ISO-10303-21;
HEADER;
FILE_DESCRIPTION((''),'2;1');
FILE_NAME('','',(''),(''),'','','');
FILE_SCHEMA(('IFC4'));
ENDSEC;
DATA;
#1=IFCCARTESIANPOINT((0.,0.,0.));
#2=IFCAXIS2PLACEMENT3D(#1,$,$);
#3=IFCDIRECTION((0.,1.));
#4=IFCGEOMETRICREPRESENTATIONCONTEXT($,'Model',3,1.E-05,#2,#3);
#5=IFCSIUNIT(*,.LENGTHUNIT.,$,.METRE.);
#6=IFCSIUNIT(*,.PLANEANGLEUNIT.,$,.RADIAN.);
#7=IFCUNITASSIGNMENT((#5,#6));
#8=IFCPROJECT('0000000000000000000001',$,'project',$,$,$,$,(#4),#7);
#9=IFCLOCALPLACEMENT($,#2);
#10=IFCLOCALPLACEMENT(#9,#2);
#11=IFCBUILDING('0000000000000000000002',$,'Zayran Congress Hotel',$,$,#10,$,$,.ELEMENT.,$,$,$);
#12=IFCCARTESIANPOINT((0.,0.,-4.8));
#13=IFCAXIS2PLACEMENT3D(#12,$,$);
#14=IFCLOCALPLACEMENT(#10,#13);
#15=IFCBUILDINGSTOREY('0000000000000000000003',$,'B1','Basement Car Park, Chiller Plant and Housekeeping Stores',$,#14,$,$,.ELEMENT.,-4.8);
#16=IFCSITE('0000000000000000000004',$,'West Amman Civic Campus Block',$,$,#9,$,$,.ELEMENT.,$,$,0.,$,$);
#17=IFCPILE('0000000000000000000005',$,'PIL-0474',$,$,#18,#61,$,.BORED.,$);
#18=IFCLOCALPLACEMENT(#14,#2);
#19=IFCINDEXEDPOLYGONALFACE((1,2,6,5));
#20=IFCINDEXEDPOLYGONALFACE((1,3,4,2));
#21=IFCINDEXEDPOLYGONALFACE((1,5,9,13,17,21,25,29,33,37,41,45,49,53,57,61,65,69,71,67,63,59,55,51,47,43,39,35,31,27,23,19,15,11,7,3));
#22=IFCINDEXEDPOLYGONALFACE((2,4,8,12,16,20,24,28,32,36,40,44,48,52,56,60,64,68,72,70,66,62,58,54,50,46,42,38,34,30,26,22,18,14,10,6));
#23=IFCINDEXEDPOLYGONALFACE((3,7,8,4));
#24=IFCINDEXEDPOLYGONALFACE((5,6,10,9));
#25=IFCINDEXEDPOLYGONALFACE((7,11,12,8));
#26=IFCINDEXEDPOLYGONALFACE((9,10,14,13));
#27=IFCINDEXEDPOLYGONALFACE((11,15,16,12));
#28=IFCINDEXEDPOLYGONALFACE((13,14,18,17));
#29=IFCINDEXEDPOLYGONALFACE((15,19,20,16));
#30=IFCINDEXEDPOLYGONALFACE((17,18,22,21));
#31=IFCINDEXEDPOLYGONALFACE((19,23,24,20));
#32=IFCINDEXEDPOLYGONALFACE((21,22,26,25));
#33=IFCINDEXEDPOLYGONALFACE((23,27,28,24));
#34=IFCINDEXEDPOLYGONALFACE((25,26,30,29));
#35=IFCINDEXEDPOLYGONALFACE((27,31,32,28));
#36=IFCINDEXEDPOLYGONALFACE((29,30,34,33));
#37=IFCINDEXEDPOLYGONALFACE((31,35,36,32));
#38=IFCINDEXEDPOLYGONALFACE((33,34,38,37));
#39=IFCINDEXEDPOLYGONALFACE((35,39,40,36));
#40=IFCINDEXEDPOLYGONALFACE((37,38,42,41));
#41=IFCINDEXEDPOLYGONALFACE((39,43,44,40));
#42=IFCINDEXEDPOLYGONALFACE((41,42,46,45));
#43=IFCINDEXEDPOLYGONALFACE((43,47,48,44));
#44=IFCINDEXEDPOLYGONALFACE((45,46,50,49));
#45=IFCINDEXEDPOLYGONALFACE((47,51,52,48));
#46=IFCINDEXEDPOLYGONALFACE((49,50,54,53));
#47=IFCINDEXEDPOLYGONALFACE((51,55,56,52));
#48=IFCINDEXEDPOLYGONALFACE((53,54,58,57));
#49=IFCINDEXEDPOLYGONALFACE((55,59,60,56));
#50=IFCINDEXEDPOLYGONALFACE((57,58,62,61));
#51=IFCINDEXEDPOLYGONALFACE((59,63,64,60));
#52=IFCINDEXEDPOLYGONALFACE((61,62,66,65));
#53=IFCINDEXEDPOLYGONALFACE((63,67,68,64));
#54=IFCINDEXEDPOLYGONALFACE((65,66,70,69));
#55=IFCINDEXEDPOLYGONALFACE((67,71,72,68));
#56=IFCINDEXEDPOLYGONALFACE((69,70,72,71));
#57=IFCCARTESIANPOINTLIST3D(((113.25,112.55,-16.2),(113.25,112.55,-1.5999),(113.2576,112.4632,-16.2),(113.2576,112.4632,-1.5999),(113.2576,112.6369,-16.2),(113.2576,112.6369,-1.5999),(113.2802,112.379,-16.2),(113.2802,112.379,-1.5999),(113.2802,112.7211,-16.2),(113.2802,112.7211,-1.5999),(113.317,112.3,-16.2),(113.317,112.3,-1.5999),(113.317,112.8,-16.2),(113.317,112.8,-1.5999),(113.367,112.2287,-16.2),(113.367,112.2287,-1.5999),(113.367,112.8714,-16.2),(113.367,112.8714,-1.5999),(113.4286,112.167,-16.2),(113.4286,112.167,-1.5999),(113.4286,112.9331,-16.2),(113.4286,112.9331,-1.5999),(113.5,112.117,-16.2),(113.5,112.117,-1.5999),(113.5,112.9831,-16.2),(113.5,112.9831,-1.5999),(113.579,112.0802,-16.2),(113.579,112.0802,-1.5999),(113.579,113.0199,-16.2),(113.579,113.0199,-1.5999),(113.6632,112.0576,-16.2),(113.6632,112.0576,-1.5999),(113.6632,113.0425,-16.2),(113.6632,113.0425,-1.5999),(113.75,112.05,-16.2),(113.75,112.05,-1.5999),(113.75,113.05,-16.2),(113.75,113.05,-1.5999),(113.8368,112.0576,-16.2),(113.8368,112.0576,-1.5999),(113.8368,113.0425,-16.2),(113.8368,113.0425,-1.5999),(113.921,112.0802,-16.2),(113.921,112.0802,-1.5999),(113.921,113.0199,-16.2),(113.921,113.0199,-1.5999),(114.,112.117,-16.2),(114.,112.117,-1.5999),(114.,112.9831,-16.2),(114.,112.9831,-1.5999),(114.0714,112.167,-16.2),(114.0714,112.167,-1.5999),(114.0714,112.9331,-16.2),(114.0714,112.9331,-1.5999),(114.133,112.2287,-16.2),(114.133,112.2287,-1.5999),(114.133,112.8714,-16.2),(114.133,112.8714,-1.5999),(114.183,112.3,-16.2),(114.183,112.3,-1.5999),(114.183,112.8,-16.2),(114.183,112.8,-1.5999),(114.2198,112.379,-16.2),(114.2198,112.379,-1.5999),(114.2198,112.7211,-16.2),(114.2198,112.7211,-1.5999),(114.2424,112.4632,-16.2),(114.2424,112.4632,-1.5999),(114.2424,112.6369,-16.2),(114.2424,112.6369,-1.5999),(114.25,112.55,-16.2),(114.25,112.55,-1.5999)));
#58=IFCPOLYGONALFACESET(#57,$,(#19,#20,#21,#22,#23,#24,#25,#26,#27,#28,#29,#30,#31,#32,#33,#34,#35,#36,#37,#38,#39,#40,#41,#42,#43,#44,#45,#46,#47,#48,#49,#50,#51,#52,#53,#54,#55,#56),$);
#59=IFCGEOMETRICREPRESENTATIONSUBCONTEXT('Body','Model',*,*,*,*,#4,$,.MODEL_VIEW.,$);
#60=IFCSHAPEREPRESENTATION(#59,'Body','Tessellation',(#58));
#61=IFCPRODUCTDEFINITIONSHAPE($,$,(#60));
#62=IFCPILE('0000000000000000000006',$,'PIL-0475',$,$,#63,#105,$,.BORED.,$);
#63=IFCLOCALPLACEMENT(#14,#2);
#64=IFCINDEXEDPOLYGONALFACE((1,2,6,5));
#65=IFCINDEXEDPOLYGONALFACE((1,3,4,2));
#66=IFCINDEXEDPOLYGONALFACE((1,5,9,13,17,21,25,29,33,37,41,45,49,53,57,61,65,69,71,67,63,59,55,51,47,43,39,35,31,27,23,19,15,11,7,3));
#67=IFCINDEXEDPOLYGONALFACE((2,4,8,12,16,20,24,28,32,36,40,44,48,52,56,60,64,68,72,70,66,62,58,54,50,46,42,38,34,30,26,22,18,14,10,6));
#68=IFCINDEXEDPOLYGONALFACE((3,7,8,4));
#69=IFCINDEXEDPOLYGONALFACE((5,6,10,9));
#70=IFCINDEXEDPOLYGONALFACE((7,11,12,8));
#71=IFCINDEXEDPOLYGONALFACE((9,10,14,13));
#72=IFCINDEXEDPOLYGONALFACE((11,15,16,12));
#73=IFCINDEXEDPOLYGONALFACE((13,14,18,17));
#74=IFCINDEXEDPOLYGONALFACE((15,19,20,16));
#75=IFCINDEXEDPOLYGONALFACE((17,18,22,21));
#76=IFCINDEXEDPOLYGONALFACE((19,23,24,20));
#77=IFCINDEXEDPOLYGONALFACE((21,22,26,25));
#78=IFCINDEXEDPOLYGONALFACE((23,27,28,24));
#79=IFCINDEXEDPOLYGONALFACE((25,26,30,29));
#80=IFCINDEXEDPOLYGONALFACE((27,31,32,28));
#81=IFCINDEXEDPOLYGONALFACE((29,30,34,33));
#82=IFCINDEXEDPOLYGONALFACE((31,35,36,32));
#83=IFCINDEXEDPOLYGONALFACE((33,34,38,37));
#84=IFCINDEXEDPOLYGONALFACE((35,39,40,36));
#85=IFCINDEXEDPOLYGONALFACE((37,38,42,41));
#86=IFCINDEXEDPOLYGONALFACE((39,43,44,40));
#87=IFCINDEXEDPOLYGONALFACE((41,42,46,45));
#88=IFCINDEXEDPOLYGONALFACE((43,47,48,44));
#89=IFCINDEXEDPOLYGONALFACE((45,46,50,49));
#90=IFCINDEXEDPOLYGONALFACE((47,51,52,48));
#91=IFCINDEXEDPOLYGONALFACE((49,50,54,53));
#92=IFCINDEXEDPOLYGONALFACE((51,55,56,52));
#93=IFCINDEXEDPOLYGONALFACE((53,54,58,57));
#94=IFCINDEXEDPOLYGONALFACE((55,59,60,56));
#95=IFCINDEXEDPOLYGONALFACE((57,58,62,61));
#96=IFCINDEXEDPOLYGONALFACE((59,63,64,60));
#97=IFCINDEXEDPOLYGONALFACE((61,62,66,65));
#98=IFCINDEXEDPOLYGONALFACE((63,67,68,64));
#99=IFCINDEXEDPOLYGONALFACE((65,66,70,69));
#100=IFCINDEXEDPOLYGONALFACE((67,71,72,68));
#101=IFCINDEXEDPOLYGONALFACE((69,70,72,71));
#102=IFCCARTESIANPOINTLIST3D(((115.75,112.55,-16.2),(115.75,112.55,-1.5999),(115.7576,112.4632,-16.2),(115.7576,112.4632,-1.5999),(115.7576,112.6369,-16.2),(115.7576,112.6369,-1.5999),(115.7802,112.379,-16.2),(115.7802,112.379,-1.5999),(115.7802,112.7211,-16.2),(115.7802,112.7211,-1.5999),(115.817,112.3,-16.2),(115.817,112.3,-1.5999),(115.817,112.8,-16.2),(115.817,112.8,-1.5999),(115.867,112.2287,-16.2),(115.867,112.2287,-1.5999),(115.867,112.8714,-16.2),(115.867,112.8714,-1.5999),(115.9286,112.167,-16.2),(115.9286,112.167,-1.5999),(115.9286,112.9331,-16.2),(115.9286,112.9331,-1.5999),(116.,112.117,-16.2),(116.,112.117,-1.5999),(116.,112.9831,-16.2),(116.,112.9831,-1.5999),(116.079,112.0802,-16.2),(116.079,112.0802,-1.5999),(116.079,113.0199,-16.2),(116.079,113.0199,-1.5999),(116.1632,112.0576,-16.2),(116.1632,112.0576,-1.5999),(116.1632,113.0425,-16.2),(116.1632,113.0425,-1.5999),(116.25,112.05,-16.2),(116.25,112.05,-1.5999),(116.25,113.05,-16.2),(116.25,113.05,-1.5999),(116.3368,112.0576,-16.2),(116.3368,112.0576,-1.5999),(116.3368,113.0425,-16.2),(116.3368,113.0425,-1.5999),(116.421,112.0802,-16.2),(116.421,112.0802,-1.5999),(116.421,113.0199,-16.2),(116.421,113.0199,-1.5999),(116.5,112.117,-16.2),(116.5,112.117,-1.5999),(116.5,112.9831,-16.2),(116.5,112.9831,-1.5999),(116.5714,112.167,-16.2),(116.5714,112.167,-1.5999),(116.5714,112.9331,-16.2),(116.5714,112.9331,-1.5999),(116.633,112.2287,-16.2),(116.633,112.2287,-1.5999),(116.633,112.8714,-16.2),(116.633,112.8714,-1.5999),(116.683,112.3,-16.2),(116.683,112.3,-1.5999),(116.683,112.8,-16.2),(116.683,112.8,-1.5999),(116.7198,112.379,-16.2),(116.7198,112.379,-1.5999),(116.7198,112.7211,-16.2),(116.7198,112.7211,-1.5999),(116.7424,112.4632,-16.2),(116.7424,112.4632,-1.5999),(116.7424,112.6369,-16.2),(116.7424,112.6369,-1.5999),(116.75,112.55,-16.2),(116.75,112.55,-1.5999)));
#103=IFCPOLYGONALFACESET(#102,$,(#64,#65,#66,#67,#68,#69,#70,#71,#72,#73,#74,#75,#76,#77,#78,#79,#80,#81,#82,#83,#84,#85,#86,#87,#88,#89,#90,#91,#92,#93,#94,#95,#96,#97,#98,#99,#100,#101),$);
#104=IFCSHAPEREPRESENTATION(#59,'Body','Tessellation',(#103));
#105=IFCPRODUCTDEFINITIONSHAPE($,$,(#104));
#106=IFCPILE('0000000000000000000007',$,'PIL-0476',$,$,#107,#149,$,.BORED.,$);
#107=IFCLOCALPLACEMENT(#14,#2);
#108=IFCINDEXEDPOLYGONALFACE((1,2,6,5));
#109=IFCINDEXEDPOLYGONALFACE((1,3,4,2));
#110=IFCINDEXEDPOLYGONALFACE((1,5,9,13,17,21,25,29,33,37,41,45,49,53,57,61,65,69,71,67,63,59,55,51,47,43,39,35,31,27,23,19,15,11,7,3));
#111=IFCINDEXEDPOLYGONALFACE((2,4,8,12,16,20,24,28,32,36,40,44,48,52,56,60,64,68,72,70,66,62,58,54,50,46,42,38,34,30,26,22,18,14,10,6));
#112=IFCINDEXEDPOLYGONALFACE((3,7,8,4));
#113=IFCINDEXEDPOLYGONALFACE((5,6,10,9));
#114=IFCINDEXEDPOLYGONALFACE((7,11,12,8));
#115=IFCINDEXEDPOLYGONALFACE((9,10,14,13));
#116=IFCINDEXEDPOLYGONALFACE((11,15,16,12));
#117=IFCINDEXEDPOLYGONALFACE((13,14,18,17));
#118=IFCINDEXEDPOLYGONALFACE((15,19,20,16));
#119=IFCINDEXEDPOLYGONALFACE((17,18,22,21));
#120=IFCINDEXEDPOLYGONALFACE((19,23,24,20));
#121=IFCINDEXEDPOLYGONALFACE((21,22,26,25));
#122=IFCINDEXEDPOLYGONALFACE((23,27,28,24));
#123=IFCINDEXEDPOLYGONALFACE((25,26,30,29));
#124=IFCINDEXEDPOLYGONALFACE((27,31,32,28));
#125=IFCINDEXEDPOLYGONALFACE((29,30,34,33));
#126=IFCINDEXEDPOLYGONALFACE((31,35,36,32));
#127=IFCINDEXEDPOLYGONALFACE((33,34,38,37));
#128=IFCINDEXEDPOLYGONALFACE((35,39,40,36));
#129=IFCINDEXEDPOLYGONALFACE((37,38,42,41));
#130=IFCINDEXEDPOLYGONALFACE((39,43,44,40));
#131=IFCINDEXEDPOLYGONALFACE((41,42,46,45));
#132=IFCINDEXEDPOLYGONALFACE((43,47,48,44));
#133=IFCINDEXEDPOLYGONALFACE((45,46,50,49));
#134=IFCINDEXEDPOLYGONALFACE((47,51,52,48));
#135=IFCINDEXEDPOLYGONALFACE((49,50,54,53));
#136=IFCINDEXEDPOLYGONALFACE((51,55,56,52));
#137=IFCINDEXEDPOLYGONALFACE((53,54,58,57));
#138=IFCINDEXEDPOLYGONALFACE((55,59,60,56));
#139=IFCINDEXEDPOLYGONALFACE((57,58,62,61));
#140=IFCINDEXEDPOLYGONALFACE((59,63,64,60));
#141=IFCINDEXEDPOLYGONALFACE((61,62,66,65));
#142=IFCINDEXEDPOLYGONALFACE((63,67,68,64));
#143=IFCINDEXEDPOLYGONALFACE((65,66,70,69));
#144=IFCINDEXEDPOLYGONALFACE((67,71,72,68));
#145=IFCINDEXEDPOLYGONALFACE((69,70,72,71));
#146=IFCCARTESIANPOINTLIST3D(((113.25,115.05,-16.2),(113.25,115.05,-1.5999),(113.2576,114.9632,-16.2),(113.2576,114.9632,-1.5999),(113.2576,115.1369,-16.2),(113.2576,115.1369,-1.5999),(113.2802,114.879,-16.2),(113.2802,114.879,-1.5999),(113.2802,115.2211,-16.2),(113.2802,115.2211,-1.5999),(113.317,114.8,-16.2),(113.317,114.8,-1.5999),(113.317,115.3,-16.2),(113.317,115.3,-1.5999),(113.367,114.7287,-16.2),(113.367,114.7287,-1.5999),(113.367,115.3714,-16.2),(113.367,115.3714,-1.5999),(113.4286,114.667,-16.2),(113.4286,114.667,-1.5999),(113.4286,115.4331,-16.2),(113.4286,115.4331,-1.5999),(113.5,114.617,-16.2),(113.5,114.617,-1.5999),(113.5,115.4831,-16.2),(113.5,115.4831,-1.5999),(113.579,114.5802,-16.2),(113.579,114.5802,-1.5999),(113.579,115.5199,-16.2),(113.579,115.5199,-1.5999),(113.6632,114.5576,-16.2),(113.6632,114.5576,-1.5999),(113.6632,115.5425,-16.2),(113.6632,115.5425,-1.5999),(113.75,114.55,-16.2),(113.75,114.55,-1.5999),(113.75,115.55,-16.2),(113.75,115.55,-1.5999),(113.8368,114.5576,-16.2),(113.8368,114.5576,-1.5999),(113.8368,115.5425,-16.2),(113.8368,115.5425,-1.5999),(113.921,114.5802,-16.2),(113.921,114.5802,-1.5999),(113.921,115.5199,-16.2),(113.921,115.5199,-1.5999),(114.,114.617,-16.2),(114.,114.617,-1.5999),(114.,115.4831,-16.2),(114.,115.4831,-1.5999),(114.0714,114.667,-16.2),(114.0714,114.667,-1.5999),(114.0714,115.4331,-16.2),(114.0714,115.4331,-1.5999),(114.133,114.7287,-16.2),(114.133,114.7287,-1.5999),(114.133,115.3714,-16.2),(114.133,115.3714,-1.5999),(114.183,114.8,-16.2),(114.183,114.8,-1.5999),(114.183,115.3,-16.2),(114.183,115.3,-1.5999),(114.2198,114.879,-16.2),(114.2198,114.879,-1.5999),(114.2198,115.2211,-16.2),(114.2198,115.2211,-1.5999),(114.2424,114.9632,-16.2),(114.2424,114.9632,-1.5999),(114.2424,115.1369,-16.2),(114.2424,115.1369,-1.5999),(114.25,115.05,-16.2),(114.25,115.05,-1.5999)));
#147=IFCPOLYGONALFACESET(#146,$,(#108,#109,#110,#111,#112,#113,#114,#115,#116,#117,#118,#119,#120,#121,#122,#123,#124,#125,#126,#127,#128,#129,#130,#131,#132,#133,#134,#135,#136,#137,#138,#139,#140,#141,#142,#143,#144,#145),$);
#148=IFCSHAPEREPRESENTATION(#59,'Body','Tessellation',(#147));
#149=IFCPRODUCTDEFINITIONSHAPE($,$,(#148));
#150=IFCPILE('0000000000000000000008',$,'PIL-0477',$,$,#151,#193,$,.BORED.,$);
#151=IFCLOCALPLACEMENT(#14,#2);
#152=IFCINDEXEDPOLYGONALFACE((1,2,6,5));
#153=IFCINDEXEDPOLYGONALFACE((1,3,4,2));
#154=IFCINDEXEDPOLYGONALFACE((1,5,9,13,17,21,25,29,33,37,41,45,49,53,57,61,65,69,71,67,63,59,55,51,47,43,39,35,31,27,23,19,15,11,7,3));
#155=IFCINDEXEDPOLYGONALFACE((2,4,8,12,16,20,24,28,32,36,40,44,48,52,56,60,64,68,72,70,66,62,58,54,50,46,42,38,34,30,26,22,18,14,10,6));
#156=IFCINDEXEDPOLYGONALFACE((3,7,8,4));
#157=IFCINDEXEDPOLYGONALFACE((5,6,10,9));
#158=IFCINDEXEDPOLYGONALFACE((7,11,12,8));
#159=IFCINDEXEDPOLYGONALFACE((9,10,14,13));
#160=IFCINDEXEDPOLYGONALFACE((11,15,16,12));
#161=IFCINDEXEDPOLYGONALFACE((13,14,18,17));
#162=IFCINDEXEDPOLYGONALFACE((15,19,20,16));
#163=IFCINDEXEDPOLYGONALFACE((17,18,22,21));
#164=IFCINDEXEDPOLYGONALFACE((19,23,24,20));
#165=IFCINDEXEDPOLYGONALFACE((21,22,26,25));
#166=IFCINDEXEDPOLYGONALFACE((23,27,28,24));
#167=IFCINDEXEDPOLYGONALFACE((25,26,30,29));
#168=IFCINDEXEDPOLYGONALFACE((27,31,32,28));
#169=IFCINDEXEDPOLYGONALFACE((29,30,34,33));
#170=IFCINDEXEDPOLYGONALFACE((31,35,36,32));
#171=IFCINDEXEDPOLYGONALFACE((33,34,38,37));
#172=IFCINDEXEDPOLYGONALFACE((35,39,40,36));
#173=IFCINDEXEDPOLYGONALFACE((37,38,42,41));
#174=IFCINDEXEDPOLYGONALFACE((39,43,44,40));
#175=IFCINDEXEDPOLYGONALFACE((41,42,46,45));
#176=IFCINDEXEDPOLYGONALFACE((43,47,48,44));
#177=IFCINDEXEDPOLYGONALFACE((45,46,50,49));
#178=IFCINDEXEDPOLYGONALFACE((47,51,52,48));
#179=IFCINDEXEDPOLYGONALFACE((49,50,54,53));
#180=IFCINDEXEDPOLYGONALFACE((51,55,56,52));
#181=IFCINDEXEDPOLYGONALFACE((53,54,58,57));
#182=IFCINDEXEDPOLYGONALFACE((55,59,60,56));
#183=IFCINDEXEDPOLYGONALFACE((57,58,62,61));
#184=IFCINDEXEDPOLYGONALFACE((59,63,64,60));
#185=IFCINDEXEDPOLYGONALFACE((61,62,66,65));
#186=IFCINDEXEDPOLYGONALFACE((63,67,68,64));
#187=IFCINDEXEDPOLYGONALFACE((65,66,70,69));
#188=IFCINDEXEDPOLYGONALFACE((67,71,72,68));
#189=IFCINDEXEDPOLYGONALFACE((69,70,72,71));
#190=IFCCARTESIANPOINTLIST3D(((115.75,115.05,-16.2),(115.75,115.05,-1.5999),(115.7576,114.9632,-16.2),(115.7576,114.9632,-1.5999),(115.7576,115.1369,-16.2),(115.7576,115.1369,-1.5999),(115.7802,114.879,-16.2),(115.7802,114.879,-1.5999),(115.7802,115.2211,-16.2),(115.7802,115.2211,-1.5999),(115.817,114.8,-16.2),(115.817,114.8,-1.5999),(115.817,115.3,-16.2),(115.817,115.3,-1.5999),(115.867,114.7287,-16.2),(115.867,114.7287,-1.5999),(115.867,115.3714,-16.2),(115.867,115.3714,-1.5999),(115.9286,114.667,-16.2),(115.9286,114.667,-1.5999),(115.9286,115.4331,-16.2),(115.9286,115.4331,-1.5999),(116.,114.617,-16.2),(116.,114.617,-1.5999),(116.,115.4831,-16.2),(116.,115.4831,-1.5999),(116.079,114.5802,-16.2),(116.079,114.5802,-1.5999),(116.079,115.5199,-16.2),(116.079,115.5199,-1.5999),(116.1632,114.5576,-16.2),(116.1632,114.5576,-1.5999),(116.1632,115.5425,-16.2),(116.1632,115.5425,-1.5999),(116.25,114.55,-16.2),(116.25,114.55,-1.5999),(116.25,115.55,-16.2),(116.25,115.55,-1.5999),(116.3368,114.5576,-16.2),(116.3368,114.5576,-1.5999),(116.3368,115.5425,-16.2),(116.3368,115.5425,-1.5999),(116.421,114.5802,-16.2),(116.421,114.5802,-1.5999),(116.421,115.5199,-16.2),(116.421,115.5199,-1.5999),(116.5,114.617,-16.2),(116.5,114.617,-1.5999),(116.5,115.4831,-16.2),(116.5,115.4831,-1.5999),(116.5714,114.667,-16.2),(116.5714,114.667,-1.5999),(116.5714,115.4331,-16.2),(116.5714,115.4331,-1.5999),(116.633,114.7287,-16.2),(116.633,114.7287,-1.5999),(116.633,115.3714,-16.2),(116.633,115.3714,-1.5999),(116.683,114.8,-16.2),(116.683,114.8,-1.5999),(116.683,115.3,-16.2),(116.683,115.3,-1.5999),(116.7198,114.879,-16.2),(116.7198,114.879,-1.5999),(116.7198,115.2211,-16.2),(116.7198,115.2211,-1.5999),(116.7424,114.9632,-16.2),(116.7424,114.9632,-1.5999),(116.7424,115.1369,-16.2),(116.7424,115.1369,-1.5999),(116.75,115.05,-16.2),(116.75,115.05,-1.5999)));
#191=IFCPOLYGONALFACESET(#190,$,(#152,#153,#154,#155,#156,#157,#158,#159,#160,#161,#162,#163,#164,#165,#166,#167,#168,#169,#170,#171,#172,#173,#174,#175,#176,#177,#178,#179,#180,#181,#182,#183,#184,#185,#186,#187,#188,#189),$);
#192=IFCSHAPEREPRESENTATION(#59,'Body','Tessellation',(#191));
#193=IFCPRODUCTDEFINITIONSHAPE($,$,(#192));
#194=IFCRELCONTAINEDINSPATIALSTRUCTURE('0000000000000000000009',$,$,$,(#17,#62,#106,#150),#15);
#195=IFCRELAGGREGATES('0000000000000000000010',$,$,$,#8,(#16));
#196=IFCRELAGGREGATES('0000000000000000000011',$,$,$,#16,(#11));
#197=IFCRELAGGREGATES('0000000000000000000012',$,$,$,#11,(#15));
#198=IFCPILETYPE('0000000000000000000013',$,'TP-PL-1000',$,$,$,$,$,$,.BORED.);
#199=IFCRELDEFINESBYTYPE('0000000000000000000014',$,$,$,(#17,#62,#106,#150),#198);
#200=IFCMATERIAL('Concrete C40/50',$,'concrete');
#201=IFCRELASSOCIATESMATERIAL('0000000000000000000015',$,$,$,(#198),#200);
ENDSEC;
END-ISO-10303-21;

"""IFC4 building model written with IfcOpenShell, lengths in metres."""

from ifc_helpers import new_model, si_unit, direction, frame, origin, origin_2d, place, context, subcontext, project, spatial, circle, extrude, material, material_profile, profile_set, type_object, element, save


model = new_model("IFC4")

# Units and contexts
model_context = context("Model", 3, precision=1e-05, world=origin(), true_north=direction((0.0, 1.0)))
body_context = subcontext(model_context, "Body", "Model", "MODEL_VIEW")
ifc_project = project(units=[si_unit("LENGTHUNIT", "METRE"), si_unit("PLANEANGLEUNIT", "RADIAN")], contexts=[model_context])

# Site, building, storey
site_placement = place(None, origin())
site = spatial("IfcSite", under=ifc_project, at=site_placement, Name="West Amman Civic Campus Block", CompositionType="ELEMENT", RefElevation=0.0)
building_placement = place(site_placement, origin())
building = spatial("IfcBuilding", under=site, at=building_placement, Name="Zayran Congress Hotel", CompositionType="ELEMENT")
storey_placement = place(building_placement, frame((0.0, 0.0, -4.8)))
storey = spatial("IfcBuildingStorey", under=building, at=storey_placement, Name="B1", Description="Basement Car Park, Chiller Plant and Housekeeping Stores", CompositionType="ELEMENT", Elevation=-4.8)

# Piles
ifc_material = material(Name="Concrete C40/50", Category="concrete")
ifc_material_profile_1 = material_profile(ifc_material, circle(Radius=0.5, at=origin_2d()), Name="PILE D1000")
ifc_profile_set_1 = profile_set([ifc_material_profile_1], Name="Concrete C40/50")
pile_type = type_object("IfcPileType", Name="TP-PL-1000", PredefinedType="BORED", material=ifc_profile_set_1)
for number, where, z_axis, x_axis, name in (
    (1, (113.75, 112.55, -1.5999), (0.0, 0.0, -1.0), (1.0, 0.0, 0.0), "PIL-0474"),
    (2, (116.25, 112.55, -1.5999), (0.0, 0.0, -1.0), (1.0, 0.0, 0.0), "PIL-0475"),
    (3, (113.75, 115.05, -1.5999), (0.0, 0.0, -1.0), (1.0, 0.0, 0.0), "PIL-0476"),
    (4, (116.25, 115.05, -1.5999), (0.0, 0.0, -1.0), (1.0, 0.0, 0.0), "PIL-0477"),
):
    element("IfcPile", number, at=place(storey_placement, frame(where, z_axis=z_axis, x_axis=x_axis)), inside=storey, type_object=pile_type, Name=name, PredefinedType="BORED", context=body_context, shape_type="SweptSolid", body=[
        extrude(circle(Radius=0.5, at=origin_2d()), origin(), (0.0, 0.0, 1.0), 14.6001),
    ])

save(model, "model.ifc")
